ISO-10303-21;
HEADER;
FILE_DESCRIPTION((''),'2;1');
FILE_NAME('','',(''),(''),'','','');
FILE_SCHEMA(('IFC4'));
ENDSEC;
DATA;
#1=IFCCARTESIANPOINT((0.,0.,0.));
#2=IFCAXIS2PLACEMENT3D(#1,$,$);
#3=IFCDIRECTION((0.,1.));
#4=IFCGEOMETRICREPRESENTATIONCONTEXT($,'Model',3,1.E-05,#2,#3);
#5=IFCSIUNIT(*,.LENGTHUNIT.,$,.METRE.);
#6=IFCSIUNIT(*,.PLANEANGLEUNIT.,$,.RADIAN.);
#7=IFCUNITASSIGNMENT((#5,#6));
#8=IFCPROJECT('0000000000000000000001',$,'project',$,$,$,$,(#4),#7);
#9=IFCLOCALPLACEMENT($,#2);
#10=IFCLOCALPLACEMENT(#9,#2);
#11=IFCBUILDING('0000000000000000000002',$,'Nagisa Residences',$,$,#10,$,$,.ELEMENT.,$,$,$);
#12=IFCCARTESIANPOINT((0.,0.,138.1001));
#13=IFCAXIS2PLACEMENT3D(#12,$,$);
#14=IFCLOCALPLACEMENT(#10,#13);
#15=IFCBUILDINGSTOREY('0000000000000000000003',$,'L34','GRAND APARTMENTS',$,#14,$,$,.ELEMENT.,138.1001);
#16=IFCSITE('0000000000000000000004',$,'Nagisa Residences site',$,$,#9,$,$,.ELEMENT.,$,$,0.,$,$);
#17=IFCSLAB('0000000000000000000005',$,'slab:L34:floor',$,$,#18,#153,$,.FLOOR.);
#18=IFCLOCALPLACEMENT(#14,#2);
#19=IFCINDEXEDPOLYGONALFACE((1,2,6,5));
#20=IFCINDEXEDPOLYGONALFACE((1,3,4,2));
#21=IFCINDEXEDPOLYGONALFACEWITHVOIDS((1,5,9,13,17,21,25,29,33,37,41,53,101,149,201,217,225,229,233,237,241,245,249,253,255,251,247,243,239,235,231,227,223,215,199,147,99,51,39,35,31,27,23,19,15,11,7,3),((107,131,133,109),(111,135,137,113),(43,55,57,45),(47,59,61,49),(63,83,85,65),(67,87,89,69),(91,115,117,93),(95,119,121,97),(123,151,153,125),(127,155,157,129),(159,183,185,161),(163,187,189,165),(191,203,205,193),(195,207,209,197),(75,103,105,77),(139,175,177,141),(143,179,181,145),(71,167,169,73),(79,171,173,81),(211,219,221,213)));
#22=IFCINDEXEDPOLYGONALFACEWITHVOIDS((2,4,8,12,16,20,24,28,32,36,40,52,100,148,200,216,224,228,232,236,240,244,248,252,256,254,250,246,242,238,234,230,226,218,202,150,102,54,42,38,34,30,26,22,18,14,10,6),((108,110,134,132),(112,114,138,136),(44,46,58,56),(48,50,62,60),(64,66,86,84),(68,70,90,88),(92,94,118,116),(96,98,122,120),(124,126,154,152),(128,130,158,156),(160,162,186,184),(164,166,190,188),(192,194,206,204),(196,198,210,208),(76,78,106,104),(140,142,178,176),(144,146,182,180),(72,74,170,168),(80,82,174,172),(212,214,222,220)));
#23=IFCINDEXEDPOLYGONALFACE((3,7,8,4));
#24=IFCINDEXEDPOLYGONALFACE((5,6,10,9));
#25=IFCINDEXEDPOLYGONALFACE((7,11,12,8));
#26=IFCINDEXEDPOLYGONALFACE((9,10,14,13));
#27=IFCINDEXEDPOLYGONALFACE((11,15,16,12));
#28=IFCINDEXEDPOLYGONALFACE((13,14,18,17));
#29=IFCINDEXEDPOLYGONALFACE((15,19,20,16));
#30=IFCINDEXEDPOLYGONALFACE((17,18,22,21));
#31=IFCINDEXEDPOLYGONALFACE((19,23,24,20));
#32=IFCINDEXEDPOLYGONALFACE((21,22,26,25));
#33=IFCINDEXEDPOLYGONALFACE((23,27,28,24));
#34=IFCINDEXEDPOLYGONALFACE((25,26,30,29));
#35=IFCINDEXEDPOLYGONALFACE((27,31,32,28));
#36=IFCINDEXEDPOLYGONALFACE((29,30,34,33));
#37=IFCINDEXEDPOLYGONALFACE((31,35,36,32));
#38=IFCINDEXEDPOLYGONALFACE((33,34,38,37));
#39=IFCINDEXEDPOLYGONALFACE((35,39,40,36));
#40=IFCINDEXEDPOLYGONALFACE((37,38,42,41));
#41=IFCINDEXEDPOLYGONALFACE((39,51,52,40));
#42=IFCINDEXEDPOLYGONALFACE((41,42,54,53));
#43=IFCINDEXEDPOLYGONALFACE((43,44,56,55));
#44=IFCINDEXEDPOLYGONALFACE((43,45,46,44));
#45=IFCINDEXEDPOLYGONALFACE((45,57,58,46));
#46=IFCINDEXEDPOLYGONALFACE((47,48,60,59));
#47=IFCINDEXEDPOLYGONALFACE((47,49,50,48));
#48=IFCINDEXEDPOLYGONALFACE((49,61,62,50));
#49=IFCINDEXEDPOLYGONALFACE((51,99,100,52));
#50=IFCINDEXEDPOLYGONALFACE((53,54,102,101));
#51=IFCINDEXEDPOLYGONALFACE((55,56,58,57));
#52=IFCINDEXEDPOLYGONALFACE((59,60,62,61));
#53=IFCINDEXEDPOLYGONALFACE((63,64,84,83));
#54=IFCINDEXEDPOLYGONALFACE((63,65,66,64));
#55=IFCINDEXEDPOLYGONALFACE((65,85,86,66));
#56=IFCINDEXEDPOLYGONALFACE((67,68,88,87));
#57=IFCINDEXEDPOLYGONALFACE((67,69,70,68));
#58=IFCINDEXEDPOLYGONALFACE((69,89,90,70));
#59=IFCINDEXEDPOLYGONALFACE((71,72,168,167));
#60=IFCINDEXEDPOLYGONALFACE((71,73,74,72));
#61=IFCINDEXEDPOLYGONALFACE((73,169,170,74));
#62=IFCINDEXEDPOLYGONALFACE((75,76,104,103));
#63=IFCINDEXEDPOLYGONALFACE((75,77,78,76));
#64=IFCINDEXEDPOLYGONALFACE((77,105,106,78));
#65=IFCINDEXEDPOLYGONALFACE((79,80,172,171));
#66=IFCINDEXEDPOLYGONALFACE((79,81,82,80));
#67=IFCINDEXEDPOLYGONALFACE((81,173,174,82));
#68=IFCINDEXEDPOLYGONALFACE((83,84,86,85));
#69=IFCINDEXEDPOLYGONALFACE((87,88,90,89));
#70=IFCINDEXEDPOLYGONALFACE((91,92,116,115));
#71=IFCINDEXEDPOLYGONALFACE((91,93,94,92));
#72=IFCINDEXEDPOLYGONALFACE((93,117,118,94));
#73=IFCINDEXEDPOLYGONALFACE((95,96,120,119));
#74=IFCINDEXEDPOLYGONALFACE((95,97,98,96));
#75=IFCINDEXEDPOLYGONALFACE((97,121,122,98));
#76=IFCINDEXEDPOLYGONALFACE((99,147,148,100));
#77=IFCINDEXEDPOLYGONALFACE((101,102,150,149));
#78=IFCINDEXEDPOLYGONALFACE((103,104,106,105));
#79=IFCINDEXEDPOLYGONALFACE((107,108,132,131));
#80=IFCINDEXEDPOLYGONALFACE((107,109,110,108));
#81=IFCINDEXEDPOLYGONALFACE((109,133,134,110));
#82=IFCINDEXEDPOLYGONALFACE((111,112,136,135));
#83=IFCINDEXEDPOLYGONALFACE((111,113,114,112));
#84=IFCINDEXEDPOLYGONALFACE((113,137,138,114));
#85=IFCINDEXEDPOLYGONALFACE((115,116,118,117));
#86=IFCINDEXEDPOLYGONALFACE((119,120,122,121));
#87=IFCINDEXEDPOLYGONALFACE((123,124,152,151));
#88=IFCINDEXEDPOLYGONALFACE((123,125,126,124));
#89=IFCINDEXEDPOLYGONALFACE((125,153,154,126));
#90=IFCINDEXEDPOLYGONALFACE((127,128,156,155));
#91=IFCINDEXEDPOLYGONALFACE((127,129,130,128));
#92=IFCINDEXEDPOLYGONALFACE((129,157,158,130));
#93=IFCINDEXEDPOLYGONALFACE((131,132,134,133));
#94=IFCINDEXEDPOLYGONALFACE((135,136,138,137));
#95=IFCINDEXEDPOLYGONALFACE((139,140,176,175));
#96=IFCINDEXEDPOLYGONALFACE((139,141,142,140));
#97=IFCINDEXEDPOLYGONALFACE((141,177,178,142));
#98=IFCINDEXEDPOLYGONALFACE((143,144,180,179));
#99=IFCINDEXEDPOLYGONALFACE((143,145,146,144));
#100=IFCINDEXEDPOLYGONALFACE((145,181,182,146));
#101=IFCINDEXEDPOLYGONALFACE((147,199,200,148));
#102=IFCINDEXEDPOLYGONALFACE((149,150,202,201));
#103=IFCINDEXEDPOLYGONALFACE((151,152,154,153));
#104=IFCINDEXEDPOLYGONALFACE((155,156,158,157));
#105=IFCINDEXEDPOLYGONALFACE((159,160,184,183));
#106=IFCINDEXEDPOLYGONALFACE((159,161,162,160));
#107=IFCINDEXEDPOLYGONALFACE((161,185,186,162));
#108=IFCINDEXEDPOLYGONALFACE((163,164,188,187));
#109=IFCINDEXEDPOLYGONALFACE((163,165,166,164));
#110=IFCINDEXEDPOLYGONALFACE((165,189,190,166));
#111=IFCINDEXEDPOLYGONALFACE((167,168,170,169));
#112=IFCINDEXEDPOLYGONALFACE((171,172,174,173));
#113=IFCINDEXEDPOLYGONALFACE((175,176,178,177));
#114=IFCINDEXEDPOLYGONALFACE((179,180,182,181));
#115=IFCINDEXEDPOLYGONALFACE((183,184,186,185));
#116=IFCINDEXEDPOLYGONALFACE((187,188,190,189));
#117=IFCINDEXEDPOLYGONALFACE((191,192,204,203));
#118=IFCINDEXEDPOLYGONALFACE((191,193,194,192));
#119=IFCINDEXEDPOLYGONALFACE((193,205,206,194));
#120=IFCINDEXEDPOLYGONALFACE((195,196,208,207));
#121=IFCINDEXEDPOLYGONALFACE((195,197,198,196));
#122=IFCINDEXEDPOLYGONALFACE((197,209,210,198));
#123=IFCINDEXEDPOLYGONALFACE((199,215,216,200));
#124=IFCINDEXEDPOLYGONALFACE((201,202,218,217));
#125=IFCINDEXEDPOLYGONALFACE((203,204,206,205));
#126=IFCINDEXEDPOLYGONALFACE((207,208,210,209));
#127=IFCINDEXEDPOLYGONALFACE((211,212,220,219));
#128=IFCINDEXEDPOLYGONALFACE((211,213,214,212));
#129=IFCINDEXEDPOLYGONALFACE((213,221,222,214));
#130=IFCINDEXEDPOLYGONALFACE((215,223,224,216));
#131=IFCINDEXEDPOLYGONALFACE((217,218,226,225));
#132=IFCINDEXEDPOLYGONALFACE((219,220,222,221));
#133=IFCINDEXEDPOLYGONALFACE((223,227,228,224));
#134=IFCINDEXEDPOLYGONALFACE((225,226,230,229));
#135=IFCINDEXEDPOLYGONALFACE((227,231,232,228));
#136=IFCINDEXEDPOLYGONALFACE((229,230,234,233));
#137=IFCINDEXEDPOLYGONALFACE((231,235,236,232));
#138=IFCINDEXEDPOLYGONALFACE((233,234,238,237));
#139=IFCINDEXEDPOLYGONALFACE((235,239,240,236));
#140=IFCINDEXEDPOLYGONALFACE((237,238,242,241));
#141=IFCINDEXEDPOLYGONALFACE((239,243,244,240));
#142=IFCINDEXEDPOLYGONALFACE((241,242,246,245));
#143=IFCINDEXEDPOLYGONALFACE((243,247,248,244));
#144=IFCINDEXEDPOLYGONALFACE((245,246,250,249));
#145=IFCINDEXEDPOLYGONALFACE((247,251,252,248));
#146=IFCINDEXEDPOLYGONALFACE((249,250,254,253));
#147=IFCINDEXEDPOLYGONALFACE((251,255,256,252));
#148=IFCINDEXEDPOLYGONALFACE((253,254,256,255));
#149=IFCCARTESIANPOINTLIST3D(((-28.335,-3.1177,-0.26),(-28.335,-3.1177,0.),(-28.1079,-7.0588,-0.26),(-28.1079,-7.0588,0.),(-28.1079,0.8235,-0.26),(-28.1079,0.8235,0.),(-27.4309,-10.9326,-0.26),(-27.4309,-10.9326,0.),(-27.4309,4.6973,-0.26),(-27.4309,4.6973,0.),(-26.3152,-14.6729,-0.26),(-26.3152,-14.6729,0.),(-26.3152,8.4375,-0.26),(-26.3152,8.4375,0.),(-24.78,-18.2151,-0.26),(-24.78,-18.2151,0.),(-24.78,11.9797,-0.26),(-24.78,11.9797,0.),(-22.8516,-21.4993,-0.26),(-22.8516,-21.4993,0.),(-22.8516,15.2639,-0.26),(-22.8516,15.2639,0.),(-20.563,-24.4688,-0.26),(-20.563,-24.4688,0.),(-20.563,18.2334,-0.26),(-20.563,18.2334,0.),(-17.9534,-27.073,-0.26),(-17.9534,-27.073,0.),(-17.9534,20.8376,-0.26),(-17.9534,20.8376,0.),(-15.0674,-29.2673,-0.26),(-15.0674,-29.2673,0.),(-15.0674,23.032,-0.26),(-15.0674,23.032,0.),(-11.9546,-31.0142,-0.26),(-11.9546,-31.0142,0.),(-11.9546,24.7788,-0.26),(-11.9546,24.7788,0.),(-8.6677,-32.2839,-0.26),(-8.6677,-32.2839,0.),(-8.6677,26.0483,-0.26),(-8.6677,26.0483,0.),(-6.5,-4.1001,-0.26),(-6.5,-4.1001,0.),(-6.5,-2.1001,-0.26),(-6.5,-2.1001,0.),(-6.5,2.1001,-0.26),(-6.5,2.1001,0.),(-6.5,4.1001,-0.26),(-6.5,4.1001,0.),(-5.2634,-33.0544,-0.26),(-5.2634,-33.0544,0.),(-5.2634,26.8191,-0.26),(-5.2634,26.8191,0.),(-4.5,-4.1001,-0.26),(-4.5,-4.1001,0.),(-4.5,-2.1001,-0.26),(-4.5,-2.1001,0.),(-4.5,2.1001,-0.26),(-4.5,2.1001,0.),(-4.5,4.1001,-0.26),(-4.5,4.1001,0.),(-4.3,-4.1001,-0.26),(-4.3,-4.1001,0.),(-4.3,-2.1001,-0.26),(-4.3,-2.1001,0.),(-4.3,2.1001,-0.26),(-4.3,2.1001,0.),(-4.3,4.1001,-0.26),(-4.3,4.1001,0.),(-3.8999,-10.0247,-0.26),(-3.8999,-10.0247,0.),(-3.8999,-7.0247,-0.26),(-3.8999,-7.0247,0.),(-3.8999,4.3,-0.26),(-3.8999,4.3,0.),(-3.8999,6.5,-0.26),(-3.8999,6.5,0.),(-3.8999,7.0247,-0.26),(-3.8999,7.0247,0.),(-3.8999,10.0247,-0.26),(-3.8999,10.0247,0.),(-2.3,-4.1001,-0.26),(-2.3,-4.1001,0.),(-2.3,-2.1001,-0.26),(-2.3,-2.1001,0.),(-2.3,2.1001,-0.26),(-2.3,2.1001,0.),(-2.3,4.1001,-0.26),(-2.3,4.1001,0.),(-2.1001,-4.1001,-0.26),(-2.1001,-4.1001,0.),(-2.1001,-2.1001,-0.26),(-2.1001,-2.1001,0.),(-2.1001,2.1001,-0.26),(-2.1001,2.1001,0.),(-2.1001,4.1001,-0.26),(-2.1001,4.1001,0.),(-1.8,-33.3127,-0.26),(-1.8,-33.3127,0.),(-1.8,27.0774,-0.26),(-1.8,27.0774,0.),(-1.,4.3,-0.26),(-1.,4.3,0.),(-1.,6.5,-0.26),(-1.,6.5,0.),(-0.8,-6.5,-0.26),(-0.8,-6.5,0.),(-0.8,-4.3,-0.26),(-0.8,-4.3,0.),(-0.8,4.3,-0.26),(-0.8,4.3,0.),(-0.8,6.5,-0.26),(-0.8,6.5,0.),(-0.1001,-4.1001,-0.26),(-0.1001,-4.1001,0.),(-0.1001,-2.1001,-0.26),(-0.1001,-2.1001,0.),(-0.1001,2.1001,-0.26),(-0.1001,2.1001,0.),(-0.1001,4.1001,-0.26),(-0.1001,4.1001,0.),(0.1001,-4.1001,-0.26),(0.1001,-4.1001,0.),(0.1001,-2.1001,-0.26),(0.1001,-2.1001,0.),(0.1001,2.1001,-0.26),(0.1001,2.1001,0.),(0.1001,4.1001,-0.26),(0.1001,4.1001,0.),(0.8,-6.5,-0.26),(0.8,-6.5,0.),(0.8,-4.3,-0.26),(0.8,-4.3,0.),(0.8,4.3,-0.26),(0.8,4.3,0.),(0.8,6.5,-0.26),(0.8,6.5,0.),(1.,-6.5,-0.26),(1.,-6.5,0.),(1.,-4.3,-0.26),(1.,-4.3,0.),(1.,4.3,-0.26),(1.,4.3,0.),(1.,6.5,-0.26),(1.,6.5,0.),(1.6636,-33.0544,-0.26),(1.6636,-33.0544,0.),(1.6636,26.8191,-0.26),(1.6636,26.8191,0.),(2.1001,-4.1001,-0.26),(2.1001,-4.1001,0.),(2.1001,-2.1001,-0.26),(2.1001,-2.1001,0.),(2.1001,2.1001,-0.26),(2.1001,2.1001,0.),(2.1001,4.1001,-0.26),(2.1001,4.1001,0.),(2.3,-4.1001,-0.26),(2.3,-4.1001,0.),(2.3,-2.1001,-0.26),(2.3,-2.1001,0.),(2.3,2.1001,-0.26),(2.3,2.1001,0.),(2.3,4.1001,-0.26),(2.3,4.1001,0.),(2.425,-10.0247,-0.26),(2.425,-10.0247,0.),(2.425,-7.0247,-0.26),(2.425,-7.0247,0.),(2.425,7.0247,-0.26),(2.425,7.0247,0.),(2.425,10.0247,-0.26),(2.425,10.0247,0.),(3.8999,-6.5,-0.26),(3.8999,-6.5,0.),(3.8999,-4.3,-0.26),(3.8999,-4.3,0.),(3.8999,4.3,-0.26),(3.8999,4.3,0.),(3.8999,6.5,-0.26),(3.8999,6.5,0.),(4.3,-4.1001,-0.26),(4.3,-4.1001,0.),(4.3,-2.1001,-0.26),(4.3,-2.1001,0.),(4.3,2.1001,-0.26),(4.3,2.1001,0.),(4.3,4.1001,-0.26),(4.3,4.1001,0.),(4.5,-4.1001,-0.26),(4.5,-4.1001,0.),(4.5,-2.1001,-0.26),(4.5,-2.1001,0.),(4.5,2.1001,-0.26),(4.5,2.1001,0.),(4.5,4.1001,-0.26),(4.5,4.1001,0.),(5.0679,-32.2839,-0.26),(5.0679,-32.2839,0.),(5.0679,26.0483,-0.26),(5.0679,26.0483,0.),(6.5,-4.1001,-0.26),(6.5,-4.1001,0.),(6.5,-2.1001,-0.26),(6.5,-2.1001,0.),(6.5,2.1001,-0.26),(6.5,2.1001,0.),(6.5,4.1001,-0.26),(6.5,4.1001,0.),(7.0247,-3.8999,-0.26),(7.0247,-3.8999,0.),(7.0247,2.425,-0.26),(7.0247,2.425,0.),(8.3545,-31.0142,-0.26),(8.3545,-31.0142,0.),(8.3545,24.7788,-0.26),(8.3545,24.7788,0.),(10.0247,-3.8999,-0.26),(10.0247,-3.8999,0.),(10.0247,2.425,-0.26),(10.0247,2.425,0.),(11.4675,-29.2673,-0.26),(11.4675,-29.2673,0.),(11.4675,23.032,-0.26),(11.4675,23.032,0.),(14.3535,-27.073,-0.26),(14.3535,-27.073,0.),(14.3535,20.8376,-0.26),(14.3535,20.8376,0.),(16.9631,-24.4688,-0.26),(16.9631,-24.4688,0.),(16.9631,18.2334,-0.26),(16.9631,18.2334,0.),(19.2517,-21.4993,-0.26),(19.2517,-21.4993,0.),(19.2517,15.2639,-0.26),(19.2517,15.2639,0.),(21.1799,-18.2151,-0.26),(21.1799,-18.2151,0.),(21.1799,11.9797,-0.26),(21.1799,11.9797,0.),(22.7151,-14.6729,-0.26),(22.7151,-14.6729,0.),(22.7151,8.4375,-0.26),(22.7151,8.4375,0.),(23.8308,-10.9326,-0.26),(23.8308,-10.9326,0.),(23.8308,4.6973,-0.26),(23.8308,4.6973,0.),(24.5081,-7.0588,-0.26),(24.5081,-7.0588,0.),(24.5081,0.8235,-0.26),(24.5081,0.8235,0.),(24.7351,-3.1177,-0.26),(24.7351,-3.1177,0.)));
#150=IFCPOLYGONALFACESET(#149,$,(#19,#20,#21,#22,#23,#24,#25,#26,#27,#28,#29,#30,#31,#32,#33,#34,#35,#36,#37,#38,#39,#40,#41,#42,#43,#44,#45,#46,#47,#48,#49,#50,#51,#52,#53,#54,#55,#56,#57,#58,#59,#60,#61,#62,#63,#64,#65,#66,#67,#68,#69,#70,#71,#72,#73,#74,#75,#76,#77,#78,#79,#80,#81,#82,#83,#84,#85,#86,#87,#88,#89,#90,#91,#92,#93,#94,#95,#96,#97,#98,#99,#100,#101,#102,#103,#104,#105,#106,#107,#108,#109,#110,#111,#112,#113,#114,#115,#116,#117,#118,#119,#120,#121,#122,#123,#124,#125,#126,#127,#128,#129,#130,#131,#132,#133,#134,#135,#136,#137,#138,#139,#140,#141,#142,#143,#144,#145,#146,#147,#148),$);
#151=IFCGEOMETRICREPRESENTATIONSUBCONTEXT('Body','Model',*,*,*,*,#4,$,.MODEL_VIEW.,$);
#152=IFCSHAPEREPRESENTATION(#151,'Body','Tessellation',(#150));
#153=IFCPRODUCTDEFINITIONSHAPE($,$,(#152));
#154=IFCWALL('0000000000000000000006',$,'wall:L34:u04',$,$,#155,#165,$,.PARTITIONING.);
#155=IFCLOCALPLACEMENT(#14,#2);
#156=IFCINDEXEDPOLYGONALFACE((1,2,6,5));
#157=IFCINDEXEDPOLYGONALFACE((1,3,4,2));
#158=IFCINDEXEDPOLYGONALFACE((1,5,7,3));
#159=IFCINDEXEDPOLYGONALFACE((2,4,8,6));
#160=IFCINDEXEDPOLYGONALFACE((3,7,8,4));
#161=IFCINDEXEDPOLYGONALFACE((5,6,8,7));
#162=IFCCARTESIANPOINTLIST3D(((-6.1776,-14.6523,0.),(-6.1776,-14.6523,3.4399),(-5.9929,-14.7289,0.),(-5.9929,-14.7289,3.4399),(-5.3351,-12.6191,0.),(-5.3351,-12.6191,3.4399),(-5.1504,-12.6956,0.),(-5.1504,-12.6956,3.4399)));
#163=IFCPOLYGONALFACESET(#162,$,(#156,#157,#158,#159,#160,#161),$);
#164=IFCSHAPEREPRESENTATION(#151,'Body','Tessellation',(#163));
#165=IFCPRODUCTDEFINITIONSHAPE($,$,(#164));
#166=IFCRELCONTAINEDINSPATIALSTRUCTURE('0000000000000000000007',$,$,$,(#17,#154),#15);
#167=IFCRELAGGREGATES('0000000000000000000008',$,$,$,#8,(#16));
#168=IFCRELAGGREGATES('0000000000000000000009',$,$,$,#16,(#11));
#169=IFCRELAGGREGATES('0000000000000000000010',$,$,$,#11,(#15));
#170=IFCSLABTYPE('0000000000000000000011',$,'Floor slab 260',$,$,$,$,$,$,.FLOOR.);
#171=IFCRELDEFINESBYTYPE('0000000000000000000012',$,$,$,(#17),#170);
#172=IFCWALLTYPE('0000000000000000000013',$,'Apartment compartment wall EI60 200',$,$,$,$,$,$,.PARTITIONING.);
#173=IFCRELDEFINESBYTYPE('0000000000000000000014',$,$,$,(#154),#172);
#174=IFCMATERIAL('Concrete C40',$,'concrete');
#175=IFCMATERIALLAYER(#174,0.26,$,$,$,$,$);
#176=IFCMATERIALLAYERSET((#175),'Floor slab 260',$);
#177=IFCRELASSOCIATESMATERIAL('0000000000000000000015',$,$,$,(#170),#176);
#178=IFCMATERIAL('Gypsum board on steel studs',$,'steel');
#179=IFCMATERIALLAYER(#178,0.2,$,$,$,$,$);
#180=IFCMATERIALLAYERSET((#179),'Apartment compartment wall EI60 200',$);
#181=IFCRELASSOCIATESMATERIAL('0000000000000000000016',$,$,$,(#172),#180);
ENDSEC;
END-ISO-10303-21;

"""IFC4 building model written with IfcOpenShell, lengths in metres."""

from ifc_helpers import new_model, si_unit, direction, frame, frame_2d, origin, place, context, subcontext, project, spatial, polyline, rectangle, outline, extrude, material, layer, layer_set, type_object, element, save


model = new_model("IFC4")

# Units and contexts
model_context = context("Model", 3, precision=1e-05, world=origin(), true_north=direction((0.0, 1.0)))
body_context = subcontext(model_context, "Body", "Model", "MODEL_VIEW")
ifc_project = project(units=[si_unit("LENGTHUNIT", "METRE"), si_unit("PLANEANGLEUNIT", "RADIAN")], contexts=[model_context])

# Site, building, storey
site_placement = place(None, origin())
site = spatial("IfcSite", under=ifc_project, at=site_placement, Name="Nagisa Residences site", CompositionType="ELEMENT", RefElevation=0.0)
building_placement = place(site_placement, origin())
building = spatial("IfcBuilding", under=site, at=building_placement, Name="Nagisa Residences", CompositionType="ELEMENT")
storey_placement = place(building_placement, frame((0.0, 0.0, 138.1001)))
storey = spatial("IfcBuildingStorey", under=building, at=storey_placement, Name="L34", Description="GRAND APARTMENTS", CompositionType="ELEMENT", Elevation=138.1001)

# Slab
ifc_material_1 = material(Name="Concrete C40", Category="concrete")
ifc_layer_1 = layer(ifc_material_1, 0.26)
ifc_layer_set_1 = layer_set([ifc_layer_1], Name="Floor slab 260")
slab_type_1 = type_object("IfcSlabType", Name="Floor slab 260", PredefinedType="FLOOR", material=ifc_layer_set_1)
slab_1_placement = place(storey_placement, frame((0.0, 0.0, -0.26)))
element("IfcSlab", 1, at=slab_1_placement, inside=storey, type_object=slab_type_1, Name="slab:L34:floor", PredefinedType="FLOOR", context=body_context, shape_type="SweptSolid", body=[
    extrude(outline(polyline([(24.7351, -3.1177), (24.5081, 0.8235), (23.8308, 4.6973), (22.7151, 8.4375), (21.1799, 11.9797), (19.2517, 15.2639), (16.9631, 18.2334), (14.3535, 20.8376), (11.4675, 23.032), (8.3545, 24.7788), (5.0679, 26.0483), (1.6636, 26.8191), (-1.8, 27.0774), (-5.2634, 26.8191), (-8.6677, 26.0483), (-11.9546, 24.7788), (-15.0674, 23.032), (-17.9534, 20.8376), (-20.563, 18.2334), (-22.8516, 15.2639), (-24.78, 11.9797), (-26.3152, 8.4375), (-27.4309, 4.6973), (-28.1079, 0.8235), (-28.335, -3.1177), (-28.1079, -7.0588), (-27.4309, -10.9326), (-26.3152, -14.6729), (-24.78, -18.2151), (-22.8516, -21.4993), (-20.563, -24.4688), (-17.9534, -27.073), (-15.0674, -29.2673), (-11.9546, -31.0142), (-8.6677, -32.2839), (-5.2634, -33.0544), (-1.8, -33.3127), (1.6636, -33.0544), (5.0679, -32.2839), (8.3545, -31.0142), (11.4675, -29.2673), (14.3535, -27.073), (16.9631, -24.4688), (19.2517, -21.4993), (21.1799, -18.2151), (22.7151, -14.6729), (23.8308, -10.9326), (24.5081, -7.0588), (24.7351, -3.1177)]), holes=[polyline([(-4.5, 2.1001), (-4.5, 4.1001), (-6.5, 4.1001), (-6.5, 2.1001), (-4.5, 2.1001)]), polyline([(-2.3, 2.1001), (-2.3, 4.1001), (-4.3, 4.1001), (-4.3, 2.1001), (-2.3, 2.1001)]), polyline([(-0.1001, 2.1001), (-0.1001, 4.1001), (-2.1001, 4.1001), (-2.1001, 2.1001), (-0.1001, 2.1001)]), polyline([(2.1001, 2.1001), (2.1001, 4.1001), (0.1001, 4.1001), (0.1001, 2.1001), (2.1001, 2.1001)]), polyline([(4.3, 2.1001), (4.3, 4.1001), (2.3, 4.1001), (2.3, 2.1001), (4.3, 2.1001)]), polyline([(6.5, 2.1001), (6.5, 4.1001), (4.5, 4.1001), (4.5, 2.1001), (6.5, 2.1001)]), polyline([(-4.5, -4.1001), (-4.5, -2.1001), (-6.5, -2.1001), (-6.5, -4.1001), (-4.5, -4.1001)]), polyline([(-2.3, -4.1001), (-2.3, -2.1001), (-4.3, -2.1001), (-4.3, -4.1001), (-2.3, -4.1001)]), polyline([(-0.1001, -4.1001), (-0.1001, -2.1001), (-2.1001, -2.1001), (-2.1001, -4.1001), (-0.1001, -4.1001)]), polyline([(2.1001, -4.1001), (2.1001, -2.1001), (0.1001, -2.1001), (0.1001, -4.1001), (2.1001, -4.1001)]), polyline([(4.3, -4.1001), (4.3, -2.1001), (2.3, -2.1001), (2.3, -4.1001), (4.3, -4.1001)]), polyline([(6.5, -4.1001), (6.5, -2.1001), (4.5, -2.1001), (4.5, -4.1001), (6.5, -4.1001)]), polyline([(3.8999, 4.3), (3.8999, 6.5), (1.0, 6.5), (1.0, 4.3), (3.8999, 4.3)]), polyline([(3.8999, -6.5), (3.8999, -4.3), (1.0, -4.3), (1.0, -6.5), (3.8999, -6.5)]), polyline([(-1.0, 4.3), (-1.0, 6.5), (-3.8999, 6.5), (-3.8999, 4.3), (-1.0, 4.3)]), polyline([(0.8, 4.3), (0.8, 6.5), (-0.8, 6.5), (-0.8, 4.3), (0.8, 4.3)]), polyline([(0.8, -6.5), (0.8, -4.3), (-0.8, -4.3), (-0.8, -6.5), (0.8, -6.5)]), polyline([(10.0247, -3.8999), (7.0247, -3.8999), (7.0247, 2.425), (10.0247, 2.425), (10.0247, -3.8999)]), polyline([(-3.8999, 7.0247), (-3.8999, 10.0247), (2.425, 10.0247), (2.425, 7.0247), (-3.8999, 7.0247)]), polyline([(-3.8999, -10.0247), (-3.8999, -7.0247), (2.425, -7.0247), (2.425, -10.0247), (-3.8999, -10.0247)])]), origin(), (0.0, 0.0, 1.0), 0.26),
])

# Wall
ifc_material_2 = material(Name="Gypsum board on steel studs", Category="steel")
ifc_layer_2 = layer(ifc_material_2, 0.2)
ifc_layer_set_2 = layer_set([ifc_layer_2], Name="Apartment compartment wall EI60 200")
wall_type_1 = type_object("IfcWallType", Name="Apartment compartment wall EI60 200", PredefinedType="PARTITIONING", material=ifc_layer_set_2)
wall_1_placement = place(storey_placement, frame((-5.2427, -12.6572, 0.0), z_axis=(0.0, 0.0, 1.0), x_axis=(-0.382819, -0.923823, 0.0)))
element("IfcWall", 2, at=wall_1_placement, inside=storey, type_object=wall_type_1, Name="wall:L34:u04", PredefinedType="PARTITIONING", context=body_context, shape_type="SweptSolid", body=[
    extrude(rectangle(XDim=2.2009, YDim=0.2, at=frame_2d((1.1006, 0.0))), origin(), (0.0, 0.0, 1.0), 3.4399),
])

save(model, "model.ifc")
